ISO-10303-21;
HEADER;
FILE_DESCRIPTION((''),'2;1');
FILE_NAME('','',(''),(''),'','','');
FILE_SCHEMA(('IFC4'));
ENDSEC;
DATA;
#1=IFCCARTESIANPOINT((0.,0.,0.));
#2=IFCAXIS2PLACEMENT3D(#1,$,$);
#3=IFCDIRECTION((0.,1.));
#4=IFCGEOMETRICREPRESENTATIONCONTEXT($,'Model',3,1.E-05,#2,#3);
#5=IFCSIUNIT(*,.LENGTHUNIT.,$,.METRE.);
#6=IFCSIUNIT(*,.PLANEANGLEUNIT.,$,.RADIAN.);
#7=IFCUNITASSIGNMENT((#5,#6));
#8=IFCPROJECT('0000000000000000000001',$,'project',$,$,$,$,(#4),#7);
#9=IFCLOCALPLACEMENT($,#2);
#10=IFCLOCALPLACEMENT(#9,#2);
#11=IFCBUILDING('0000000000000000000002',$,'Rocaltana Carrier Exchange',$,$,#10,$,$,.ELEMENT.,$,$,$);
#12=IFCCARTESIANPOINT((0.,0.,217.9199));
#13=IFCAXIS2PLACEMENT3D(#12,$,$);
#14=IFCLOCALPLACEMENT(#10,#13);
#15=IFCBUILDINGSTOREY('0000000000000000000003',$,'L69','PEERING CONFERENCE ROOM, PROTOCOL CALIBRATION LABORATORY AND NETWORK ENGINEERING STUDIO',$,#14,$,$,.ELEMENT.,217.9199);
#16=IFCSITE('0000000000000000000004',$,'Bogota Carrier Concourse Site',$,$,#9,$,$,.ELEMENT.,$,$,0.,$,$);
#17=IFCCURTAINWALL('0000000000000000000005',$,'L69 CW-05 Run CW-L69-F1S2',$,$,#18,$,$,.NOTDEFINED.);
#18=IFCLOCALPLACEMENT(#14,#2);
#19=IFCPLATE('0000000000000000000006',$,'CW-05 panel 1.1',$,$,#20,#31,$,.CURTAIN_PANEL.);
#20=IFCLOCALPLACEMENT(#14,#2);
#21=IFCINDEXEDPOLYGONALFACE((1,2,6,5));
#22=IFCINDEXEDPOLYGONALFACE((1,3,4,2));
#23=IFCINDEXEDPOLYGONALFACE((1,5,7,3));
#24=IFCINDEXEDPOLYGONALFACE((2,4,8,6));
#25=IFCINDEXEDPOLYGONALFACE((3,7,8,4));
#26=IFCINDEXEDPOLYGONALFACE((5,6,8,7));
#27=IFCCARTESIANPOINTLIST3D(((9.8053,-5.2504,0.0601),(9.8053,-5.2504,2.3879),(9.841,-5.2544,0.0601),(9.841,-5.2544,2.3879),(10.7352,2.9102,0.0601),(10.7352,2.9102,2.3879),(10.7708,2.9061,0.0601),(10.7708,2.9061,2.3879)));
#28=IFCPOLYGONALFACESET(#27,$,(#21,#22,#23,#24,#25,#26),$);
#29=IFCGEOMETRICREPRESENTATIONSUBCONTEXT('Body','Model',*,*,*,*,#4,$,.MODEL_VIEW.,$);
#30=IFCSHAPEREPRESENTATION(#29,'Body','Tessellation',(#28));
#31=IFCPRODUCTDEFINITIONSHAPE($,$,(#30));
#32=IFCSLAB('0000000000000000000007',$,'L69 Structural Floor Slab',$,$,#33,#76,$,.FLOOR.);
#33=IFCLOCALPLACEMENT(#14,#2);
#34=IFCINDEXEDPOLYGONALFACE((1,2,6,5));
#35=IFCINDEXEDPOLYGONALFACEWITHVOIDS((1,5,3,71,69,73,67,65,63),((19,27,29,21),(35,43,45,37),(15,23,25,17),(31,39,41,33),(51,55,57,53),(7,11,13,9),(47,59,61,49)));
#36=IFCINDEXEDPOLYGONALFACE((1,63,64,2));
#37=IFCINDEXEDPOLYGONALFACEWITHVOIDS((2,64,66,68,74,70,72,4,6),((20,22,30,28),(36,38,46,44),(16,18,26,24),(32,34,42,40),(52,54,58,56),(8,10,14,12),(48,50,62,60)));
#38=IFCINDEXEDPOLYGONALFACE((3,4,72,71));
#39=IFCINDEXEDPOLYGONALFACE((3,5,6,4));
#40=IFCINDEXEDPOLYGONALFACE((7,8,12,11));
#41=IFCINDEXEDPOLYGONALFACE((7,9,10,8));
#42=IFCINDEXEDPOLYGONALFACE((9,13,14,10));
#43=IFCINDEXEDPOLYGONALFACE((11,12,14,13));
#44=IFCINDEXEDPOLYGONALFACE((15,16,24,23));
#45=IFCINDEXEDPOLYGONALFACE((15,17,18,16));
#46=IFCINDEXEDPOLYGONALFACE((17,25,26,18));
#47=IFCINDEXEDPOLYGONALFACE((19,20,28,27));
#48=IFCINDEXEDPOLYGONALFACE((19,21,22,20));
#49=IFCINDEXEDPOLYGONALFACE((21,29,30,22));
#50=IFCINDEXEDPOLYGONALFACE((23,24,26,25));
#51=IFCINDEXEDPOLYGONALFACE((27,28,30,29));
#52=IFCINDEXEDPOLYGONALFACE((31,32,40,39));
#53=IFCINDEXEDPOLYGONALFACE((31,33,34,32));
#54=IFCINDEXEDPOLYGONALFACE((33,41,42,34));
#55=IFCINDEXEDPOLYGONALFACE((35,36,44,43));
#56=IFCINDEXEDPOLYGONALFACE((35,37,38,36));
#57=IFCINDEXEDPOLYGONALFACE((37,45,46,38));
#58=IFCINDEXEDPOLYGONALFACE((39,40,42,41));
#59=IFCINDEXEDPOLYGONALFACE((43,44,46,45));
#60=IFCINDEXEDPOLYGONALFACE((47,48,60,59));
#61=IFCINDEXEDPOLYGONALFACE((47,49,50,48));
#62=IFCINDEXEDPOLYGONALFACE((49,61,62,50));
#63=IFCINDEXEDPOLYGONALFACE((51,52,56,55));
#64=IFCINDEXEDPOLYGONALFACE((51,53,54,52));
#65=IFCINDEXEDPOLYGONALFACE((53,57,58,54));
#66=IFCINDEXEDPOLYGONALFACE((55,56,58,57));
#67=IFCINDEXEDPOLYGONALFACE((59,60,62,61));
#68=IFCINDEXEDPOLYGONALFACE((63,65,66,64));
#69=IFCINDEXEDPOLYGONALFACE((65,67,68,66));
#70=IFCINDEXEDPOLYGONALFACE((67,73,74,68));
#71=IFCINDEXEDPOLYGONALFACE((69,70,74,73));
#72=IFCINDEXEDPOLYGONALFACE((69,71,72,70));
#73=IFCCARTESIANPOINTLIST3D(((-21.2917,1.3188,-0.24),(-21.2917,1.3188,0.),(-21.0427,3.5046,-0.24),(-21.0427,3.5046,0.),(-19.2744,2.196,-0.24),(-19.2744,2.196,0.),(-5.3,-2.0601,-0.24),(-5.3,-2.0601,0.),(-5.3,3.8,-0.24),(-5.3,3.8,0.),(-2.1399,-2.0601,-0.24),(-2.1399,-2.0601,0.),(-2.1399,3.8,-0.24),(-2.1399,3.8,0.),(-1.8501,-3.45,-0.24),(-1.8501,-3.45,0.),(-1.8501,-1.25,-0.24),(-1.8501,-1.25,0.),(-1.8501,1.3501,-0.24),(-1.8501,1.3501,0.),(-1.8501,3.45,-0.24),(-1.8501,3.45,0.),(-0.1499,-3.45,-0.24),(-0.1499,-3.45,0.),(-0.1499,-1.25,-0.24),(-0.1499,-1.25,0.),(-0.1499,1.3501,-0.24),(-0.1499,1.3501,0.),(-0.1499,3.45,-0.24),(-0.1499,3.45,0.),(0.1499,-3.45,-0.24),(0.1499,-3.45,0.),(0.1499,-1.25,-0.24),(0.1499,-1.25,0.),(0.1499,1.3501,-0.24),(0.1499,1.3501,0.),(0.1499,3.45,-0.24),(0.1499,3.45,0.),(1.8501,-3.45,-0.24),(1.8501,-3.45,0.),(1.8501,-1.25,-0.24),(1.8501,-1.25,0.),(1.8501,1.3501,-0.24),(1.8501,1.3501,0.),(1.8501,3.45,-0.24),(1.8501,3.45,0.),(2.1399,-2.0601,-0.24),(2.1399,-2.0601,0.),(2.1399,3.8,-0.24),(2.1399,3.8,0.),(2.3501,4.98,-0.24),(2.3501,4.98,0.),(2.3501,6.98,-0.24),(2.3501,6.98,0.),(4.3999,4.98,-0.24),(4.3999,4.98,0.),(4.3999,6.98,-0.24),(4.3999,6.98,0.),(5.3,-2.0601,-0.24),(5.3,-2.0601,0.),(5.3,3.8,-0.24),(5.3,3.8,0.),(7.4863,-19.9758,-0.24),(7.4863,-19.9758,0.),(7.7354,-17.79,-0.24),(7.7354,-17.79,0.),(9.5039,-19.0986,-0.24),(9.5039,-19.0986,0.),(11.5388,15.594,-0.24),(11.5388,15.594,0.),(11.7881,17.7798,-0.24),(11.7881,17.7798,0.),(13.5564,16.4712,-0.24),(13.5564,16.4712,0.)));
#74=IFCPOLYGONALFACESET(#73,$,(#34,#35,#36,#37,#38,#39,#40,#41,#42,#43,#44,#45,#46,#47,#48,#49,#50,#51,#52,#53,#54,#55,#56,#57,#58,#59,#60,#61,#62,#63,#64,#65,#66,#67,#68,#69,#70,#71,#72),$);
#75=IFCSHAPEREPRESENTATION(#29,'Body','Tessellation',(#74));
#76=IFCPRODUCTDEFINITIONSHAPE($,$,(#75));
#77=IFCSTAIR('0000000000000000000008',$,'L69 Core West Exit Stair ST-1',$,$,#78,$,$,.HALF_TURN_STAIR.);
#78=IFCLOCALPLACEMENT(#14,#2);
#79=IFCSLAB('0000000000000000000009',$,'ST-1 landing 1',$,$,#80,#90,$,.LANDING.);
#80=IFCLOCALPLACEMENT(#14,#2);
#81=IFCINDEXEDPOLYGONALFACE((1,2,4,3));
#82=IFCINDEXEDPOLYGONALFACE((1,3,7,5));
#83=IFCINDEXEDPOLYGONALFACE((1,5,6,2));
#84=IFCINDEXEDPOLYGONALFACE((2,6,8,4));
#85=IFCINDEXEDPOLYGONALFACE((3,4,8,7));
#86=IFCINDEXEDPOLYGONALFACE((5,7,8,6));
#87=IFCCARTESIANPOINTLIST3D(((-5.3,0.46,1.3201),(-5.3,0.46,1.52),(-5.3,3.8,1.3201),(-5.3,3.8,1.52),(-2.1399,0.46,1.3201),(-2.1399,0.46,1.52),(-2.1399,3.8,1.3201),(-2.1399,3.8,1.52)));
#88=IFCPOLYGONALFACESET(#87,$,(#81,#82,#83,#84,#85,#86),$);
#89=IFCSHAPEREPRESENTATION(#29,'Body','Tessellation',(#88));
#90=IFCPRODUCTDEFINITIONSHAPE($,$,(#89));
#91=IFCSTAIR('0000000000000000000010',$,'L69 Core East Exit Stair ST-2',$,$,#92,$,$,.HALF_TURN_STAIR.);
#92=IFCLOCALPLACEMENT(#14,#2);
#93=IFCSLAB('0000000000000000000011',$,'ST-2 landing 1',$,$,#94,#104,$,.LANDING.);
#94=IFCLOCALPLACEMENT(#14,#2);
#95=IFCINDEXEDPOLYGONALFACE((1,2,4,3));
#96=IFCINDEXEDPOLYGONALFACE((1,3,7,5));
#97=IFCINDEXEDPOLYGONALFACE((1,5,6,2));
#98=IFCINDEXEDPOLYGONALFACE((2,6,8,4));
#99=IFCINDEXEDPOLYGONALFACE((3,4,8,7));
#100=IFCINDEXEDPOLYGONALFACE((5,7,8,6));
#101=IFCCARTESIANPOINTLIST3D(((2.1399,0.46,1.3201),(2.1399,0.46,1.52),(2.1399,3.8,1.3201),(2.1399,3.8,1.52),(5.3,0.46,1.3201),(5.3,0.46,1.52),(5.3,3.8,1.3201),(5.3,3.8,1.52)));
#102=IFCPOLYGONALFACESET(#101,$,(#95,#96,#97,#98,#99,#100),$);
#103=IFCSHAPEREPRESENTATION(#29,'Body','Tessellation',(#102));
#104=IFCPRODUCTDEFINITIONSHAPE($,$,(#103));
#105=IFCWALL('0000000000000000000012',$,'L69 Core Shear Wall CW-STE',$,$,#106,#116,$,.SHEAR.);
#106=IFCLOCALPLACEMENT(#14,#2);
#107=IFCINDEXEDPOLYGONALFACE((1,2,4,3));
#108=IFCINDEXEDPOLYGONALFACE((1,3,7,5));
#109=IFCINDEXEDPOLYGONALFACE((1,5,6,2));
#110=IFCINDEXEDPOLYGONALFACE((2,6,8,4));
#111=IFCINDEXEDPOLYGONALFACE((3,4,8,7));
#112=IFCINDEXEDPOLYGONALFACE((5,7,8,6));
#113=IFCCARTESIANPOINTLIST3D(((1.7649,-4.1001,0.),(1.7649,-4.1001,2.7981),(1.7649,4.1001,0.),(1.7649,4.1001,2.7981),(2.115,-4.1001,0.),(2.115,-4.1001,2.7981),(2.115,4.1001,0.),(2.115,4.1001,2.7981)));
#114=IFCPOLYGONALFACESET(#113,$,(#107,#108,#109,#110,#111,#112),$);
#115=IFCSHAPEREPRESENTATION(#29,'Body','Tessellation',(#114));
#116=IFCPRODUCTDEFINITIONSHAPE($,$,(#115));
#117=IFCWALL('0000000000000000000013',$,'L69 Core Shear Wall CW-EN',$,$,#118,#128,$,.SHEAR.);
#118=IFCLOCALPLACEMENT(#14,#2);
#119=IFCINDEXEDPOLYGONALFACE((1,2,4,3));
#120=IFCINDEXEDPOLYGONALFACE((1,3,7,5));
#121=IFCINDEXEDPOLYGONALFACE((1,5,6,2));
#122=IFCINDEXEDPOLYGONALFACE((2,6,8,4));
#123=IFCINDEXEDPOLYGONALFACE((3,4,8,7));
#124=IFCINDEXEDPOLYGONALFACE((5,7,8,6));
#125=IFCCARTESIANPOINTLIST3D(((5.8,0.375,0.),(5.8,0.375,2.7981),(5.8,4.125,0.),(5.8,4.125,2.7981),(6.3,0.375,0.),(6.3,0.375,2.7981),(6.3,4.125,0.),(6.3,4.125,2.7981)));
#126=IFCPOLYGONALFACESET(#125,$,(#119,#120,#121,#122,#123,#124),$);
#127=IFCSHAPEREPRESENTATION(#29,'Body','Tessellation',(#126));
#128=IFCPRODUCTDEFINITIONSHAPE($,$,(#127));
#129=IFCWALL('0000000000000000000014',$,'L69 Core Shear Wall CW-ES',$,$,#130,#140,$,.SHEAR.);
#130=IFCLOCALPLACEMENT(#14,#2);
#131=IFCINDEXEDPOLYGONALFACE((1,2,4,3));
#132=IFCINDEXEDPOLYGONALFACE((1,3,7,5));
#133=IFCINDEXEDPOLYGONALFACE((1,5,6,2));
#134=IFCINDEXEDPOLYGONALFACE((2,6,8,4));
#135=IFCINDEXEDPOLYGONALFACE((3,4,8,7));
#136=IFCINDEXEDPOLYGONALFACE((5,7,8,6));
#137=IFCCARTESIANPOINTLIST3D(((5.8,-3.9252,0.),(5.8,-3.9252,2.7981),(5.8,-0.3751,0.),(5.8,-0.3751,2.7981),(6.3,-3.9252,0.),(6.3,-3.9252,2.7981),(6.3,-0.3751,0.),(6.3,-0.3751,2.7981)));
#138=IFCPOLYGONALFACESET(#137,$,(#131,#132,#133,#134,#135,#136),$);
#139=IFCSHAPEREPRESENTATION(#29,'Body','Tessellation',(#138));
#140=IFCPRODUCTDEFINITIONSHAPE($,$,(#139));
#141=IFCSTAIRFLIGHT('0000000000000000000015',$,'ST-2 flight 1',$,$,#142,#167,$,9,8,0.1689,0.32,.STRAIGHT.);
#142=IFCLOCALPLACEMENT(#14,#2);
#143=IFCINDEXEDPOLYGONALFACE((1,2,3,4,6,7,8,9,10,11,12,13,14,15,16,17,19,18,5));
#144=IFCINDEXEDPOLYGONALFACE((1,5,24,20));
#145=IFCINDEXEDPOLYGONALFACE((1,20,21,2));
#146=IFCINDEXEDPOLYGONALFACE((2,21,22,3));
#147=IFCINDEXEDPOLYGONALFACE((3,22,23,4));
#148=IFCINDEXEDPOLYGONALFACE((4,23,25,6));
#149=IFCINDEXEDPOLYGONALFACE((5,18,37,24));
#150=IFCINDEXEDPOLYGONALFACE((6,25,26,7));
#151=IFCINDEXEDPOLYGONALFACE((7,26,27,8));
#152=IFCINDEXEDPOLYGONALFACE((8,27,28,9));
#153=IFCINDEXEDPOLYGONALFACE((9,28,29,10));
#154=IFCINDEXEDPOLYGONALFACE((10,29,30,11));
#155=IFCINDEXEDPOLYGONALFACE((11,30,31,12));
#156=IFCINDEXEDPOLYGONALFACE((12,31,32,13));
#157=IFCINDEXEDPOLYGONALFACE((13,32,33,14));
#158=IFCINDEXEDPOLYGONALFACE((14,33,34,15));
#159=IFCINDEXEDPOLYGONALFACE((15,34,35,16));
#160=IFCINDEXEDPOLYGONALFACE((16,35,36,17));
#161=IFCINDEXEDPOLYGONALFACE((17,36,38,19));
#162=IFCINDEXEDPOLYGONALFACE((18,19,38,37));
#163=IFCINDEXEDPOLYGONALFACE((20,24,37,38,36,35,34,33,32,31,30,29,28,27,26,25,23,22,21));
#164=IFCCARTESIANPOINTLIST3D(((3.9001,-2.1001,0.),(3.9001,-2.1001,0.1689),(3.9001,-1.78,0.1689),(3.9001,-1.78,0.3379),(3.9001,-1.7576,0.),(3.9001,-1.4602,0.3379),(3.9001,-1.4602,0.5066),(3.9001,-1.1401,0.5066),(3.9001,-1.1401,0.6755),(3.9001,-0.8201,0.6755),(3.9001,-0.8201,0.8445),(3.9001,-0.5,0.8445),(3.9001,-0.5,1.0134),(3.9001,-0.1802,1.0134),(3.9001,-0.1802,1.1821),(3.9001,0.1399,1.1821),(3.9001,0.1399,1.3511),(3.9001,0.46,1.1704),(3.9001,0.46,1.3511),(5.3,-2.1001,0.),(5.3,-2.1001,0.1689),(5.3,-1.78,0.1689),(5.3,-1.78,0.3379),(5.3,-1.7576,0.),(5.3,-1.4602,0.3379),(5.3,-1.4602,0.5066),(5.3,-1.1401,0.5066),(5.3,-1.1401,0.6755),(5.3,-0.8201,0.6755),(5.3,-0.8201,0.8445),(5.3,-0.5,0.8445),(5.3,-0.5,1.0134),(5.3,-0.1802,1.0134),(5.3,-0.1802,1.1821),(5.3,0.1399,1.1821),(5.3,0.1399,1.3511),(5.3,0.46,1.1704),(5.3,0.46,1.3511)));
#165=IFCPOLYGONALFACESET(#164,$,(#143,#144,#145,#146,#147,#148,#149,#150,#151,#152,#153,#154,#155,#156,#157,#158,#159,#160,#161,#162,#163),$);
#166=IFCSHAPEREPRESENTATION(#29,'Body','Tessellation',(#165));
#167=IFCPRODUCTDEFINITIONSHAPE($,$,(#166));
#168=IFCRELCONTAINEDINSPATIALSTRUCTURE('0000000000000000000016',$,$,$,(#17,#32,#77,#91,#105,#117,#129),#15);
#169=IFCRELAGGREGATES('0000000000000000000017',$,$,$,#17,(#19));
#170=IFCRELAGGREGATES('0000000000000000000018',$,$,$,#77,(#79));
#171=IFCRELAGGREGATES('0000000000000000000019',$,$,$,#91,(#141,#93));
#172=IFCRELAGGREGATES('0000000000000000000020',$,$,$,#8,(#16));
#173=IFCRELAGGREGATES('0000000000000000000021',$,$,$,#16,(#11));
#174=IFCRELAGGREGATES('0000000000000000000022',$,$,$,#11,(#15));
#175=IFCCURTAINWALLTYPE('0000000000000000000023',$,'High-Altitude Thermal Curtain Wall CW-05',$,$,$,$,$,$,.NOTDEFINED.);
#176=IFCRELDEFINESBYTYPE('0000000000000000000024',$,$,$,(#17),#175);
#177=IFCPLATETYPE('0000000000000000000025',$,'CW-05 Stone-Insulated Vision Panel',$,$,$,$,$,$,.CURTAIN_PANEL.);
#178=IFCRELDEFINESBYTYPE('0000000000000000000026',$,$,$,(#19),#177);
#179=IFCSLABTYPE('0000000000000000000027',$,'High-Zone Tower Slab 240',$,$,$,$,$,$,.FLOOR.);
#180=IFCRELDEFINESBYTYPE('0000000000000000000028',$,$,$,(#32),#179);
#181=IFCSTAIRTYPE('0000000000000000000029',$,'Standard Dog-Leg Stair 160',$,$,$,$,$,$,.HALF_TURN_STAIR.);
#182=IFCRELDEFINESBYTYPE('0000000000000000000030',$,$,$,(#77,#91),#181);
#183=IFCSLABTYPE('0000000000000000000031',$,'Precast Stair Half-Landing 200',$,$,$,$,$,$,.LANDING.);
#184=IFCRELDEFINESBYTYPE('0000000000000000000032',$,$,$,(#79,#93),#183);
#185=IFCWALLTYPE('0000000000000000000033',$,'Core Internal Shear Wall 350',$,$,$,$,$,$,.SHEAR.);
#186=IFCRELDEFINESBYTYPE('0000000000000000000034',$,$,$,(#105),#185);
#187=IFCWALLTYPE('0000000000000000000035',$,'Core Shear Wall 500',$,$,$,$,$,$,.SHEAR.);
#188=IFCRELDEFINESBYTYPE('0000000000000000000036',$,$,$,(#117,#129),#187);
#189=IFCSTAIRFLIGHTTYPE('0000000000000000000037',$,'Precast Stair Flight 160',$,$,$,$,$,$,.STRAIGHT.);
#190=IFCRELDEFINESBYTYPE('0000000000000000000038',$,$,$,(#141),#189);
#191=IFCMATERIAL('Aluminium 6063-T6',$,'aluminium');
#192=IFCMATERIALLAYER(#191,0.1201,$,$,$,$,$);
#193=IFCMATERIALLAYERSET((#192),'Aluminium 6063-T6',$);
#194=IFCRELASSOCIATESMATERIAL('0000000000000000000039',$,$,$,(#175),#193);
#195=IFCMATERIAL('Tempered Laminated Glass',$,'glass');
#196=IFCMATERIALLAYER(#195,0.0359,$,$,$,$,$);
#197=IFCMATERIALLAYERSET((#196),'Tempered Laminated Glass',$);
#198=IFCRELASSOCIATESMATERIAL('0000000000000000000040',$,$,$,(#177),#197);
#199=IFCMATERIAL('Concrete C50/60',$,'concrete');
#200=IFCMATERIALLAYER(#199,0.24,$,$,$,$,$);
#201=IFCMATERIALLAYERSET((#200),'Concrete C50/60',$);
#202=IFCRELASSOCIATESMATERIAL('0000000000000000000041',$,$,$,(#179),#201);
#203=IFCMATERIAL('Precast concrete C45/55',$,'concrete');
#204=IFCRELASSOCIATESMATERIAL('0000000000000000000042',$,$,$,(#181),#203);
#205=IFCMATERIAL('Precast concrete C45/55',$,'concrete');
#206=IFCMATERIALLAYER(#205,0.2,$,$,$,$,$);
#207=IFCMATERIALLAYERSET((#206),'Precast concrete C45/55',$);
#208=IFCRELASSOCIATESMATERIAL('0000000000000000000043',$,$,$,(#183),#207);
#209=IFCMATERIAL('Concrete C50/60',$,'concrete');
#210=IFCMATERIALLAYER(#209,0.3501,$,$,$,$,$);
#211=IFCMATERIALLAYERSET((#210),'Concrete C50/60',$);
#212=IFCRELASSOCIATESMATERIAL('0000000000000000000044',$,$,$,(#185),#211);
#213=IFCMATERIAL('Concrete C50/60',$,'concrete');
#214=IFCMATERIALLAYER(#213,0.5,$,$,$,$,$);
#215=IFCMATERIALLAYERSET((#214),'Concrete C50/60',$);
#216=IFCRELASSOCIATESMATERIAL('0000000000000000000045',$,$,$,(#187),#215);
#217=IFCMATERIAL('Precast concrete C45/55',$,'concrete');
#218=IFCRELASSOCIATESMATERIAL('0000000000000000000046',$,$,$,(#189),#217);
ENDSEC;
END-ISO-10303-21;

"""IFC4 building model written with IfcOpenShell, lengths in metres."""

from ifc_helpers import new_model, si_unit, direction, frame, frame_2d, origin, origin_2d, place, context, subcontext, project, spatial, polyline, rectangle, outline, extrude, material, layer, layer_set, type_object, element, aggregate, save


model = new_model("IFC4")

# Units and contexts
model_context = context("Model", 3, precision=1e-05, world=origin(), true_north=direction((0.0, 1.0)))
body_context = subcontext(model_context, "Body", "Model", "MODEL_VIEW")
ifc_project = project(units=[si_unit("LENGTHUNIT", "METRE"), si_unit("PLANEANGLEUNIT", "RADIAN")], contexts=[model_context])

# Site, building, storey
site_placement = place(None, origin())
site = spatial("IfcSite", under=ifc_project, at=site_placement, Name="Bogota Carrier Concourse Site", CompositionType="ELEMENT", RefElevation=0.0)
building_placement = place(site_placement, origin())
building = spatial("IfcBuilding", under=site, at=building_placement, Name="Rocaltana Carrier Exchange", CompositionType="ELEMENT")
storey_placement = place(building_placement, frame((0.0, 0.0, 217.9199)))
storey = spatial("IfcBuildingStorey", under=building, at=storey_placement, Name="L69", Description="PEERING CONFERENCE ROOM, PROTOCOL CALIBRATION LABORATORY AND NETWORK ENGINEERING STUDIO", CompositionType="ELEMENT", Elevation=217.9199)

# Curtain wall
ifc_material_1 = material(Name="Aluminium 6063-T6", Category="aluminium")
ifc_layer_1 = layer(ifc_material_1, 0.1201)
ifc_layer_set_1 = layer_set([ifc_layer_1], Name="Aluminium 6063-T6")
curtain_wall_type = type_object("IfcCurtainWallType", Name="High-Altitude Thermal Curtain Wall CW-05", PredefinedType="NOTDEFINED", material=ifc_layer_set_1)
curtain_wall_placement = place(storey_placement, origin())
curtain_wall = element("IfcCurtainWall", 1, at=curtain_wall_placement, inside=storey, type_object=curtain_wall_type, Name="L69 CW-05 Run CW-L69-F1S2", PredefinedType="NOTDEFINED")

# Plate
ifc_material_2 = material(Name="Tempered Laminated Glass", Category="glass")
ifc_layer_2 = layer(ifc_material_2, 0.0359)
ifc_layer_set_2 = layer_set([ifc_layer_2], Name="Tempered Laminated Glass")
plate_type = type_object("IfcPlateType", Name="CW-05 Stone-Insulated Vision Panel", PredefinedType="CURTAIN_PANEL", material=ifc_layer_set_2)
plate_placement = place(storey_placement, frame((10.2881, -1.1721, 0.0601), z_axis=(0.0, 0.0, 1.0), x_axis=(0.113209, 0.993571, 0.0)))
plate = element("IfcPlate", 2, at=plate_placement, type_object=plate_type, Name="CW-05 panel 1.1", PredefinedType="CURTAIN_PANEL", context=body_context, shape_type="SweptSolid", body=[
    extrude(rectangle(XDim=8.2134, YDim=0.0359, at=origin_2d()), origin(), (0.0, 0.0, 1.0), 2.3279),
])
aggregate(curtain_wall, [plate])

# Slab
ifc_material_3 = material(Name="Concrete C50/60", Category="concrete")
ifc_layer_3 = layer(ifc_material_3, 0.24)
ifc_layer_set_3 = layer_set([ifc_layer_3], Name="Concrete C50/60")
slab_type_1 = type_object("IfcSlabType", Name="High-Zone Tower Slab 240", PredefinedType="FLOOR", material=ifc_layer_set_3)
slab_1_placement = place(storey_placement, frame((0.0, 0.0, -0.24)))
element("IfcSlab", 3, at=slab_1_placement, inside=storey, type_object=slab_type_1, Name="L69 Structural Floor Slab", PredefinedType="FLOOR", context=body_context, shape_type="SweptSolid", body=[
    extrude(outline(polyline([(7.4863, -19.9758), (7.7354, -17.79), (9.5039, -19.0986), (13.5564, 16.4712), (11.5388, 15.594), (11.7881, 17.7798), (-21.0427, 3.5046), (-19.2744, 2.196), (-21.2917, 1.3188), (7.4863, -19.9758)]), holes=[polyline([(-5.3, -2.0601), (-2.1399, -2.0601), (-2.1399, 3.8), (-5.3, 3.8), (-5.3, -2.0601)]), polyline([(2.1399, -2.0601), (5.3, -2.0601), (5.3, 3.8), (2.1399, 3.8), (2.1399, -2.0601)]), polyline([(-1.8501, -3.45), (-0.1499, -3.45), (-0.1499, -1.25), (-1.8501, -1.25), (-1.8501, -3.45)]), polyline([(0.1499, -3.45), (1.8501, -3.45), (1.8501, -1.25), (0.1499, -1.25), (0.1499, -3.45)]), polyline([(2.3501, 4.98), (4.3999, 4.98), (4.3999, 6.98), (2.3501, 6.98), (2.3501, 4.98)]), polyline([(-1.8501, 1.3501), (-0.1499, 1.3501), (-0.1499, 3.45), (-1.8501, 3.45), (-1.8501, 1.3501)]), polyline([(0.1499, 1.3501), (1.8501, 1.3501), (1.8501, 3.45), (0.1499, 3.45), (0.1499, 1.3501)])]), origin(), (0.0, 0.0, 1.0), 0.24),
])

# Stairs, slabs
ifc_material_4 = material(Name="Precast concrete C45/55", Category="concrete")
stair_type = type_object("IfcStairType", Name="Standard Dog-Leg Stair 160", PredefinedType="HALF_TURN_STAIR", material=ifc_material_4)
stair_1_placement = place(storey_placement, origin())
stair_1 = element("IfcStair", 4, at=stair_1_placement, inside=storey, type_object=stair_type, Name="L69 Core West Exit Stair ST-1", PredefinedType="HALF_TURN_STAIR")
ifc_material_5 = material(Name="Precast concrete C45/55", Category="concrete")
ifc_layer_4 = layer(ifc_material_5, 0.2)
ifc_layer_set_4 = layer_set([ifc_layer_4], Name="Precast concrete C45/55")
slab_type_2 = type_object("IfcSlabType", Name="Precast Stair Half-Landing 200", PredefinedType="LANDING", material=ifc_layer_set_4)
slab_2_placement = place(storey_placement, frame((0.0, 0.0, 1.3201)))
slab_2 = element("IfcSlab", 5, at=slab_2_placement, type_object=slab_type_2, Name="ST-1 landing 1", PredefinedType="LANDING", context=body_context, shape_type="SweptSolid", body=[
    extrude(outline(polyline([(-2.1399, 0.46), (-2.1399, 3.8), (-5.3, 3.8), (-5.3, 0.46), (-2.1399, 0.46)])), origin(), (0.0, 0.0, 1.0), 0.2),
])
aggregate(stair_1, [slab_2])
stair_2_placement = place(storey_placement, origin())
stair_2 = element("IfcStair", 6, at=stair_2_placement, inside=storey, type_object=stair_type, Name="L69 Core East Exit Stair ST-2", PredefinedType="HALF_TURN_STAIR")
slab_3_placement = place(storey_placement, frame((0.0, 0.0, 1.3201)))
slab_3 = element("IfcSlab", 7, at=slab_3_placement, type_object=slab_type_2, Name="ST-2 landing 1", PredefinedType="LANDING", context=body_context, shape_type="SweptSolid", body=[
    extrude(outline(polyline([(5.3, 0.46), (5.3, 3.8), (2.1399, 3.8), (2.1399, 0.46), (5.3, 0.46)])), origin(), (0.0, 0.0, 1.0), 0.2),
])

# Walls
ifc_material_6 = material(Name="Concrete C50/60", Category="concrete")
ifc_layer_5 = layer(ifc_material_6, 0.3501)
ifc_layer_set_5 = layer_set([ifc_layer_5], Name="Concrete C50/60")
wall_type_1 = type_object("IfcWallType", Name="Core Internal Shear Wall 350", PredefinedType="SHEAR", material=ifc_layer_set_5)
wall_1_placement = place(storey_placement, frame((1.9399, -4.1001, 0.0), z_axis=(0.0, 0.0, 1.0), x_axis=(0.0, 1.0, 0.0)))
element("IfcWall", 8, at=wall_1_placement, inside=storey, type_object=wall_type_1, Name="L69 Core Shear Wall CW-STE", PredefinedType="SHEAR", context=body_context, shape_type="SweptSolid", body=[
    extrude(rectangle(XDim=8.2002, YDim=0.3501, at=frame_2d((4.1001, 0.0))), origin(), (0.0, 0.0, 1.0), 2.7981),
])
ifc_material_7 = material(Name="Concrete C50/60", Category="concrete")
ifc_layer_6 = layer(ifc_material_7, 0.5)
ifc_layer_set_6 = layer_set([ifc_layer_6], Name="Concrete C50/60")
wall_type_2 = type_object("IfcWallType", Name="Core Shear Wall 500", PredefinedType="SHEAR", material=ifc_layer_set_6)
wall_2_placement = place(storey_placement, frame((6.05, 0.375, 0.0), z_axis=(0.0, 0.0, 1.0), x_axis=(0.0, 1.0, 0.0)))
element("IfcWall", 9, at=wall_2_placement, inside=storey, type_object=wall_type_2, Name="L69 Core Shear Wall CW-EN", PredefinedType="SHEAR", context=body_context, shape_type="SweptSolid", body=[
    extrude(rectangle(XDim=3.75, YDim=0.5, at=frame_2d((1.875, 0.0))), origin(), (0.0, 0.0, 1.0), 2.7981),
])
wall_3_placement = place(storey_placement, frame((6.05, -3.925, 0.0), z_axis=(0.0, 0.0, 1.0), x_axis=(0.0, 1.0, 0.0)))
element("IfcWall", 10, at=wall_3_placement, inside=storey, type_object=wall_type_2, Name="L69 Core Shear Wall CW-ES", PredefinedType="SHEAR", context=body_context, shape_type="SweptSolid", body=[
    extrude(rectangle(XDim=3.55, YDim=0.5, at=frame_2d((1.7749, 0.0))), origin(), (0.0, 0.0, 1.0), 2.7981),
])

# Stair flight
ifc_material_8 = material(Name="Precast concrete C45/55", Category="concrete")
stair_flight_type = type_object("IfcStairFlightType", Name="Precast Stair Flight 160", PredefinedType="STRAIGHT", material=ifc_material_8)
stair_flight_placement = place(storey_placement, frame((4.6001, -2.1001, 0.0), z_axis=(0.0, 0.0, 1.0), x_axis=(0.0, 1.0, 0.0)))
stair_flight = element("IfcStairFlight", 11, at=stair_flight_placement, type_object=stair_flight_type, Name="ST-2 flight 1", NumberOfRisers=9, NumberOfTreads=8, PredefinedType="STRAIGHT", RiserHeight=0.1689, TreadLength=0.32, context=body_context, shape_type="SweptSolid", body=[
    extrude(outline(polyline([(0.0, 0.0), (0.0, 0.1689), (0.3201, 0.1689), (0.3201, 0.3379), (0.6399, 0.3379), (0.6399, 0.5066), (0.96, 0.5066), (0.96, 0.6755), (1.28, 0.6755), (1.28, 0.8445), (1.6001, 0.8445), (1.6001, 1.0134), (1.9199, 1.0134), (1.9199, 1.1821), (2.24, 1.1821), (2.24, 1.3511), (2.5601, 1.3511), (2.5601, 1.52), (2.5601, 1.1704), (0.3425, 0.0), (0.0, 0.0)])), frame((0.0, 0.7, 0.0), z_axis=(0.0, -1.0, 0.0), x_axis=(1.0, 0.0, 0.0)), (0.0, 0.0, 1.0), 1.3999),
])
aggregate(stair_2, [stair_flight, slab_3])

save(model, "model.ifc")
